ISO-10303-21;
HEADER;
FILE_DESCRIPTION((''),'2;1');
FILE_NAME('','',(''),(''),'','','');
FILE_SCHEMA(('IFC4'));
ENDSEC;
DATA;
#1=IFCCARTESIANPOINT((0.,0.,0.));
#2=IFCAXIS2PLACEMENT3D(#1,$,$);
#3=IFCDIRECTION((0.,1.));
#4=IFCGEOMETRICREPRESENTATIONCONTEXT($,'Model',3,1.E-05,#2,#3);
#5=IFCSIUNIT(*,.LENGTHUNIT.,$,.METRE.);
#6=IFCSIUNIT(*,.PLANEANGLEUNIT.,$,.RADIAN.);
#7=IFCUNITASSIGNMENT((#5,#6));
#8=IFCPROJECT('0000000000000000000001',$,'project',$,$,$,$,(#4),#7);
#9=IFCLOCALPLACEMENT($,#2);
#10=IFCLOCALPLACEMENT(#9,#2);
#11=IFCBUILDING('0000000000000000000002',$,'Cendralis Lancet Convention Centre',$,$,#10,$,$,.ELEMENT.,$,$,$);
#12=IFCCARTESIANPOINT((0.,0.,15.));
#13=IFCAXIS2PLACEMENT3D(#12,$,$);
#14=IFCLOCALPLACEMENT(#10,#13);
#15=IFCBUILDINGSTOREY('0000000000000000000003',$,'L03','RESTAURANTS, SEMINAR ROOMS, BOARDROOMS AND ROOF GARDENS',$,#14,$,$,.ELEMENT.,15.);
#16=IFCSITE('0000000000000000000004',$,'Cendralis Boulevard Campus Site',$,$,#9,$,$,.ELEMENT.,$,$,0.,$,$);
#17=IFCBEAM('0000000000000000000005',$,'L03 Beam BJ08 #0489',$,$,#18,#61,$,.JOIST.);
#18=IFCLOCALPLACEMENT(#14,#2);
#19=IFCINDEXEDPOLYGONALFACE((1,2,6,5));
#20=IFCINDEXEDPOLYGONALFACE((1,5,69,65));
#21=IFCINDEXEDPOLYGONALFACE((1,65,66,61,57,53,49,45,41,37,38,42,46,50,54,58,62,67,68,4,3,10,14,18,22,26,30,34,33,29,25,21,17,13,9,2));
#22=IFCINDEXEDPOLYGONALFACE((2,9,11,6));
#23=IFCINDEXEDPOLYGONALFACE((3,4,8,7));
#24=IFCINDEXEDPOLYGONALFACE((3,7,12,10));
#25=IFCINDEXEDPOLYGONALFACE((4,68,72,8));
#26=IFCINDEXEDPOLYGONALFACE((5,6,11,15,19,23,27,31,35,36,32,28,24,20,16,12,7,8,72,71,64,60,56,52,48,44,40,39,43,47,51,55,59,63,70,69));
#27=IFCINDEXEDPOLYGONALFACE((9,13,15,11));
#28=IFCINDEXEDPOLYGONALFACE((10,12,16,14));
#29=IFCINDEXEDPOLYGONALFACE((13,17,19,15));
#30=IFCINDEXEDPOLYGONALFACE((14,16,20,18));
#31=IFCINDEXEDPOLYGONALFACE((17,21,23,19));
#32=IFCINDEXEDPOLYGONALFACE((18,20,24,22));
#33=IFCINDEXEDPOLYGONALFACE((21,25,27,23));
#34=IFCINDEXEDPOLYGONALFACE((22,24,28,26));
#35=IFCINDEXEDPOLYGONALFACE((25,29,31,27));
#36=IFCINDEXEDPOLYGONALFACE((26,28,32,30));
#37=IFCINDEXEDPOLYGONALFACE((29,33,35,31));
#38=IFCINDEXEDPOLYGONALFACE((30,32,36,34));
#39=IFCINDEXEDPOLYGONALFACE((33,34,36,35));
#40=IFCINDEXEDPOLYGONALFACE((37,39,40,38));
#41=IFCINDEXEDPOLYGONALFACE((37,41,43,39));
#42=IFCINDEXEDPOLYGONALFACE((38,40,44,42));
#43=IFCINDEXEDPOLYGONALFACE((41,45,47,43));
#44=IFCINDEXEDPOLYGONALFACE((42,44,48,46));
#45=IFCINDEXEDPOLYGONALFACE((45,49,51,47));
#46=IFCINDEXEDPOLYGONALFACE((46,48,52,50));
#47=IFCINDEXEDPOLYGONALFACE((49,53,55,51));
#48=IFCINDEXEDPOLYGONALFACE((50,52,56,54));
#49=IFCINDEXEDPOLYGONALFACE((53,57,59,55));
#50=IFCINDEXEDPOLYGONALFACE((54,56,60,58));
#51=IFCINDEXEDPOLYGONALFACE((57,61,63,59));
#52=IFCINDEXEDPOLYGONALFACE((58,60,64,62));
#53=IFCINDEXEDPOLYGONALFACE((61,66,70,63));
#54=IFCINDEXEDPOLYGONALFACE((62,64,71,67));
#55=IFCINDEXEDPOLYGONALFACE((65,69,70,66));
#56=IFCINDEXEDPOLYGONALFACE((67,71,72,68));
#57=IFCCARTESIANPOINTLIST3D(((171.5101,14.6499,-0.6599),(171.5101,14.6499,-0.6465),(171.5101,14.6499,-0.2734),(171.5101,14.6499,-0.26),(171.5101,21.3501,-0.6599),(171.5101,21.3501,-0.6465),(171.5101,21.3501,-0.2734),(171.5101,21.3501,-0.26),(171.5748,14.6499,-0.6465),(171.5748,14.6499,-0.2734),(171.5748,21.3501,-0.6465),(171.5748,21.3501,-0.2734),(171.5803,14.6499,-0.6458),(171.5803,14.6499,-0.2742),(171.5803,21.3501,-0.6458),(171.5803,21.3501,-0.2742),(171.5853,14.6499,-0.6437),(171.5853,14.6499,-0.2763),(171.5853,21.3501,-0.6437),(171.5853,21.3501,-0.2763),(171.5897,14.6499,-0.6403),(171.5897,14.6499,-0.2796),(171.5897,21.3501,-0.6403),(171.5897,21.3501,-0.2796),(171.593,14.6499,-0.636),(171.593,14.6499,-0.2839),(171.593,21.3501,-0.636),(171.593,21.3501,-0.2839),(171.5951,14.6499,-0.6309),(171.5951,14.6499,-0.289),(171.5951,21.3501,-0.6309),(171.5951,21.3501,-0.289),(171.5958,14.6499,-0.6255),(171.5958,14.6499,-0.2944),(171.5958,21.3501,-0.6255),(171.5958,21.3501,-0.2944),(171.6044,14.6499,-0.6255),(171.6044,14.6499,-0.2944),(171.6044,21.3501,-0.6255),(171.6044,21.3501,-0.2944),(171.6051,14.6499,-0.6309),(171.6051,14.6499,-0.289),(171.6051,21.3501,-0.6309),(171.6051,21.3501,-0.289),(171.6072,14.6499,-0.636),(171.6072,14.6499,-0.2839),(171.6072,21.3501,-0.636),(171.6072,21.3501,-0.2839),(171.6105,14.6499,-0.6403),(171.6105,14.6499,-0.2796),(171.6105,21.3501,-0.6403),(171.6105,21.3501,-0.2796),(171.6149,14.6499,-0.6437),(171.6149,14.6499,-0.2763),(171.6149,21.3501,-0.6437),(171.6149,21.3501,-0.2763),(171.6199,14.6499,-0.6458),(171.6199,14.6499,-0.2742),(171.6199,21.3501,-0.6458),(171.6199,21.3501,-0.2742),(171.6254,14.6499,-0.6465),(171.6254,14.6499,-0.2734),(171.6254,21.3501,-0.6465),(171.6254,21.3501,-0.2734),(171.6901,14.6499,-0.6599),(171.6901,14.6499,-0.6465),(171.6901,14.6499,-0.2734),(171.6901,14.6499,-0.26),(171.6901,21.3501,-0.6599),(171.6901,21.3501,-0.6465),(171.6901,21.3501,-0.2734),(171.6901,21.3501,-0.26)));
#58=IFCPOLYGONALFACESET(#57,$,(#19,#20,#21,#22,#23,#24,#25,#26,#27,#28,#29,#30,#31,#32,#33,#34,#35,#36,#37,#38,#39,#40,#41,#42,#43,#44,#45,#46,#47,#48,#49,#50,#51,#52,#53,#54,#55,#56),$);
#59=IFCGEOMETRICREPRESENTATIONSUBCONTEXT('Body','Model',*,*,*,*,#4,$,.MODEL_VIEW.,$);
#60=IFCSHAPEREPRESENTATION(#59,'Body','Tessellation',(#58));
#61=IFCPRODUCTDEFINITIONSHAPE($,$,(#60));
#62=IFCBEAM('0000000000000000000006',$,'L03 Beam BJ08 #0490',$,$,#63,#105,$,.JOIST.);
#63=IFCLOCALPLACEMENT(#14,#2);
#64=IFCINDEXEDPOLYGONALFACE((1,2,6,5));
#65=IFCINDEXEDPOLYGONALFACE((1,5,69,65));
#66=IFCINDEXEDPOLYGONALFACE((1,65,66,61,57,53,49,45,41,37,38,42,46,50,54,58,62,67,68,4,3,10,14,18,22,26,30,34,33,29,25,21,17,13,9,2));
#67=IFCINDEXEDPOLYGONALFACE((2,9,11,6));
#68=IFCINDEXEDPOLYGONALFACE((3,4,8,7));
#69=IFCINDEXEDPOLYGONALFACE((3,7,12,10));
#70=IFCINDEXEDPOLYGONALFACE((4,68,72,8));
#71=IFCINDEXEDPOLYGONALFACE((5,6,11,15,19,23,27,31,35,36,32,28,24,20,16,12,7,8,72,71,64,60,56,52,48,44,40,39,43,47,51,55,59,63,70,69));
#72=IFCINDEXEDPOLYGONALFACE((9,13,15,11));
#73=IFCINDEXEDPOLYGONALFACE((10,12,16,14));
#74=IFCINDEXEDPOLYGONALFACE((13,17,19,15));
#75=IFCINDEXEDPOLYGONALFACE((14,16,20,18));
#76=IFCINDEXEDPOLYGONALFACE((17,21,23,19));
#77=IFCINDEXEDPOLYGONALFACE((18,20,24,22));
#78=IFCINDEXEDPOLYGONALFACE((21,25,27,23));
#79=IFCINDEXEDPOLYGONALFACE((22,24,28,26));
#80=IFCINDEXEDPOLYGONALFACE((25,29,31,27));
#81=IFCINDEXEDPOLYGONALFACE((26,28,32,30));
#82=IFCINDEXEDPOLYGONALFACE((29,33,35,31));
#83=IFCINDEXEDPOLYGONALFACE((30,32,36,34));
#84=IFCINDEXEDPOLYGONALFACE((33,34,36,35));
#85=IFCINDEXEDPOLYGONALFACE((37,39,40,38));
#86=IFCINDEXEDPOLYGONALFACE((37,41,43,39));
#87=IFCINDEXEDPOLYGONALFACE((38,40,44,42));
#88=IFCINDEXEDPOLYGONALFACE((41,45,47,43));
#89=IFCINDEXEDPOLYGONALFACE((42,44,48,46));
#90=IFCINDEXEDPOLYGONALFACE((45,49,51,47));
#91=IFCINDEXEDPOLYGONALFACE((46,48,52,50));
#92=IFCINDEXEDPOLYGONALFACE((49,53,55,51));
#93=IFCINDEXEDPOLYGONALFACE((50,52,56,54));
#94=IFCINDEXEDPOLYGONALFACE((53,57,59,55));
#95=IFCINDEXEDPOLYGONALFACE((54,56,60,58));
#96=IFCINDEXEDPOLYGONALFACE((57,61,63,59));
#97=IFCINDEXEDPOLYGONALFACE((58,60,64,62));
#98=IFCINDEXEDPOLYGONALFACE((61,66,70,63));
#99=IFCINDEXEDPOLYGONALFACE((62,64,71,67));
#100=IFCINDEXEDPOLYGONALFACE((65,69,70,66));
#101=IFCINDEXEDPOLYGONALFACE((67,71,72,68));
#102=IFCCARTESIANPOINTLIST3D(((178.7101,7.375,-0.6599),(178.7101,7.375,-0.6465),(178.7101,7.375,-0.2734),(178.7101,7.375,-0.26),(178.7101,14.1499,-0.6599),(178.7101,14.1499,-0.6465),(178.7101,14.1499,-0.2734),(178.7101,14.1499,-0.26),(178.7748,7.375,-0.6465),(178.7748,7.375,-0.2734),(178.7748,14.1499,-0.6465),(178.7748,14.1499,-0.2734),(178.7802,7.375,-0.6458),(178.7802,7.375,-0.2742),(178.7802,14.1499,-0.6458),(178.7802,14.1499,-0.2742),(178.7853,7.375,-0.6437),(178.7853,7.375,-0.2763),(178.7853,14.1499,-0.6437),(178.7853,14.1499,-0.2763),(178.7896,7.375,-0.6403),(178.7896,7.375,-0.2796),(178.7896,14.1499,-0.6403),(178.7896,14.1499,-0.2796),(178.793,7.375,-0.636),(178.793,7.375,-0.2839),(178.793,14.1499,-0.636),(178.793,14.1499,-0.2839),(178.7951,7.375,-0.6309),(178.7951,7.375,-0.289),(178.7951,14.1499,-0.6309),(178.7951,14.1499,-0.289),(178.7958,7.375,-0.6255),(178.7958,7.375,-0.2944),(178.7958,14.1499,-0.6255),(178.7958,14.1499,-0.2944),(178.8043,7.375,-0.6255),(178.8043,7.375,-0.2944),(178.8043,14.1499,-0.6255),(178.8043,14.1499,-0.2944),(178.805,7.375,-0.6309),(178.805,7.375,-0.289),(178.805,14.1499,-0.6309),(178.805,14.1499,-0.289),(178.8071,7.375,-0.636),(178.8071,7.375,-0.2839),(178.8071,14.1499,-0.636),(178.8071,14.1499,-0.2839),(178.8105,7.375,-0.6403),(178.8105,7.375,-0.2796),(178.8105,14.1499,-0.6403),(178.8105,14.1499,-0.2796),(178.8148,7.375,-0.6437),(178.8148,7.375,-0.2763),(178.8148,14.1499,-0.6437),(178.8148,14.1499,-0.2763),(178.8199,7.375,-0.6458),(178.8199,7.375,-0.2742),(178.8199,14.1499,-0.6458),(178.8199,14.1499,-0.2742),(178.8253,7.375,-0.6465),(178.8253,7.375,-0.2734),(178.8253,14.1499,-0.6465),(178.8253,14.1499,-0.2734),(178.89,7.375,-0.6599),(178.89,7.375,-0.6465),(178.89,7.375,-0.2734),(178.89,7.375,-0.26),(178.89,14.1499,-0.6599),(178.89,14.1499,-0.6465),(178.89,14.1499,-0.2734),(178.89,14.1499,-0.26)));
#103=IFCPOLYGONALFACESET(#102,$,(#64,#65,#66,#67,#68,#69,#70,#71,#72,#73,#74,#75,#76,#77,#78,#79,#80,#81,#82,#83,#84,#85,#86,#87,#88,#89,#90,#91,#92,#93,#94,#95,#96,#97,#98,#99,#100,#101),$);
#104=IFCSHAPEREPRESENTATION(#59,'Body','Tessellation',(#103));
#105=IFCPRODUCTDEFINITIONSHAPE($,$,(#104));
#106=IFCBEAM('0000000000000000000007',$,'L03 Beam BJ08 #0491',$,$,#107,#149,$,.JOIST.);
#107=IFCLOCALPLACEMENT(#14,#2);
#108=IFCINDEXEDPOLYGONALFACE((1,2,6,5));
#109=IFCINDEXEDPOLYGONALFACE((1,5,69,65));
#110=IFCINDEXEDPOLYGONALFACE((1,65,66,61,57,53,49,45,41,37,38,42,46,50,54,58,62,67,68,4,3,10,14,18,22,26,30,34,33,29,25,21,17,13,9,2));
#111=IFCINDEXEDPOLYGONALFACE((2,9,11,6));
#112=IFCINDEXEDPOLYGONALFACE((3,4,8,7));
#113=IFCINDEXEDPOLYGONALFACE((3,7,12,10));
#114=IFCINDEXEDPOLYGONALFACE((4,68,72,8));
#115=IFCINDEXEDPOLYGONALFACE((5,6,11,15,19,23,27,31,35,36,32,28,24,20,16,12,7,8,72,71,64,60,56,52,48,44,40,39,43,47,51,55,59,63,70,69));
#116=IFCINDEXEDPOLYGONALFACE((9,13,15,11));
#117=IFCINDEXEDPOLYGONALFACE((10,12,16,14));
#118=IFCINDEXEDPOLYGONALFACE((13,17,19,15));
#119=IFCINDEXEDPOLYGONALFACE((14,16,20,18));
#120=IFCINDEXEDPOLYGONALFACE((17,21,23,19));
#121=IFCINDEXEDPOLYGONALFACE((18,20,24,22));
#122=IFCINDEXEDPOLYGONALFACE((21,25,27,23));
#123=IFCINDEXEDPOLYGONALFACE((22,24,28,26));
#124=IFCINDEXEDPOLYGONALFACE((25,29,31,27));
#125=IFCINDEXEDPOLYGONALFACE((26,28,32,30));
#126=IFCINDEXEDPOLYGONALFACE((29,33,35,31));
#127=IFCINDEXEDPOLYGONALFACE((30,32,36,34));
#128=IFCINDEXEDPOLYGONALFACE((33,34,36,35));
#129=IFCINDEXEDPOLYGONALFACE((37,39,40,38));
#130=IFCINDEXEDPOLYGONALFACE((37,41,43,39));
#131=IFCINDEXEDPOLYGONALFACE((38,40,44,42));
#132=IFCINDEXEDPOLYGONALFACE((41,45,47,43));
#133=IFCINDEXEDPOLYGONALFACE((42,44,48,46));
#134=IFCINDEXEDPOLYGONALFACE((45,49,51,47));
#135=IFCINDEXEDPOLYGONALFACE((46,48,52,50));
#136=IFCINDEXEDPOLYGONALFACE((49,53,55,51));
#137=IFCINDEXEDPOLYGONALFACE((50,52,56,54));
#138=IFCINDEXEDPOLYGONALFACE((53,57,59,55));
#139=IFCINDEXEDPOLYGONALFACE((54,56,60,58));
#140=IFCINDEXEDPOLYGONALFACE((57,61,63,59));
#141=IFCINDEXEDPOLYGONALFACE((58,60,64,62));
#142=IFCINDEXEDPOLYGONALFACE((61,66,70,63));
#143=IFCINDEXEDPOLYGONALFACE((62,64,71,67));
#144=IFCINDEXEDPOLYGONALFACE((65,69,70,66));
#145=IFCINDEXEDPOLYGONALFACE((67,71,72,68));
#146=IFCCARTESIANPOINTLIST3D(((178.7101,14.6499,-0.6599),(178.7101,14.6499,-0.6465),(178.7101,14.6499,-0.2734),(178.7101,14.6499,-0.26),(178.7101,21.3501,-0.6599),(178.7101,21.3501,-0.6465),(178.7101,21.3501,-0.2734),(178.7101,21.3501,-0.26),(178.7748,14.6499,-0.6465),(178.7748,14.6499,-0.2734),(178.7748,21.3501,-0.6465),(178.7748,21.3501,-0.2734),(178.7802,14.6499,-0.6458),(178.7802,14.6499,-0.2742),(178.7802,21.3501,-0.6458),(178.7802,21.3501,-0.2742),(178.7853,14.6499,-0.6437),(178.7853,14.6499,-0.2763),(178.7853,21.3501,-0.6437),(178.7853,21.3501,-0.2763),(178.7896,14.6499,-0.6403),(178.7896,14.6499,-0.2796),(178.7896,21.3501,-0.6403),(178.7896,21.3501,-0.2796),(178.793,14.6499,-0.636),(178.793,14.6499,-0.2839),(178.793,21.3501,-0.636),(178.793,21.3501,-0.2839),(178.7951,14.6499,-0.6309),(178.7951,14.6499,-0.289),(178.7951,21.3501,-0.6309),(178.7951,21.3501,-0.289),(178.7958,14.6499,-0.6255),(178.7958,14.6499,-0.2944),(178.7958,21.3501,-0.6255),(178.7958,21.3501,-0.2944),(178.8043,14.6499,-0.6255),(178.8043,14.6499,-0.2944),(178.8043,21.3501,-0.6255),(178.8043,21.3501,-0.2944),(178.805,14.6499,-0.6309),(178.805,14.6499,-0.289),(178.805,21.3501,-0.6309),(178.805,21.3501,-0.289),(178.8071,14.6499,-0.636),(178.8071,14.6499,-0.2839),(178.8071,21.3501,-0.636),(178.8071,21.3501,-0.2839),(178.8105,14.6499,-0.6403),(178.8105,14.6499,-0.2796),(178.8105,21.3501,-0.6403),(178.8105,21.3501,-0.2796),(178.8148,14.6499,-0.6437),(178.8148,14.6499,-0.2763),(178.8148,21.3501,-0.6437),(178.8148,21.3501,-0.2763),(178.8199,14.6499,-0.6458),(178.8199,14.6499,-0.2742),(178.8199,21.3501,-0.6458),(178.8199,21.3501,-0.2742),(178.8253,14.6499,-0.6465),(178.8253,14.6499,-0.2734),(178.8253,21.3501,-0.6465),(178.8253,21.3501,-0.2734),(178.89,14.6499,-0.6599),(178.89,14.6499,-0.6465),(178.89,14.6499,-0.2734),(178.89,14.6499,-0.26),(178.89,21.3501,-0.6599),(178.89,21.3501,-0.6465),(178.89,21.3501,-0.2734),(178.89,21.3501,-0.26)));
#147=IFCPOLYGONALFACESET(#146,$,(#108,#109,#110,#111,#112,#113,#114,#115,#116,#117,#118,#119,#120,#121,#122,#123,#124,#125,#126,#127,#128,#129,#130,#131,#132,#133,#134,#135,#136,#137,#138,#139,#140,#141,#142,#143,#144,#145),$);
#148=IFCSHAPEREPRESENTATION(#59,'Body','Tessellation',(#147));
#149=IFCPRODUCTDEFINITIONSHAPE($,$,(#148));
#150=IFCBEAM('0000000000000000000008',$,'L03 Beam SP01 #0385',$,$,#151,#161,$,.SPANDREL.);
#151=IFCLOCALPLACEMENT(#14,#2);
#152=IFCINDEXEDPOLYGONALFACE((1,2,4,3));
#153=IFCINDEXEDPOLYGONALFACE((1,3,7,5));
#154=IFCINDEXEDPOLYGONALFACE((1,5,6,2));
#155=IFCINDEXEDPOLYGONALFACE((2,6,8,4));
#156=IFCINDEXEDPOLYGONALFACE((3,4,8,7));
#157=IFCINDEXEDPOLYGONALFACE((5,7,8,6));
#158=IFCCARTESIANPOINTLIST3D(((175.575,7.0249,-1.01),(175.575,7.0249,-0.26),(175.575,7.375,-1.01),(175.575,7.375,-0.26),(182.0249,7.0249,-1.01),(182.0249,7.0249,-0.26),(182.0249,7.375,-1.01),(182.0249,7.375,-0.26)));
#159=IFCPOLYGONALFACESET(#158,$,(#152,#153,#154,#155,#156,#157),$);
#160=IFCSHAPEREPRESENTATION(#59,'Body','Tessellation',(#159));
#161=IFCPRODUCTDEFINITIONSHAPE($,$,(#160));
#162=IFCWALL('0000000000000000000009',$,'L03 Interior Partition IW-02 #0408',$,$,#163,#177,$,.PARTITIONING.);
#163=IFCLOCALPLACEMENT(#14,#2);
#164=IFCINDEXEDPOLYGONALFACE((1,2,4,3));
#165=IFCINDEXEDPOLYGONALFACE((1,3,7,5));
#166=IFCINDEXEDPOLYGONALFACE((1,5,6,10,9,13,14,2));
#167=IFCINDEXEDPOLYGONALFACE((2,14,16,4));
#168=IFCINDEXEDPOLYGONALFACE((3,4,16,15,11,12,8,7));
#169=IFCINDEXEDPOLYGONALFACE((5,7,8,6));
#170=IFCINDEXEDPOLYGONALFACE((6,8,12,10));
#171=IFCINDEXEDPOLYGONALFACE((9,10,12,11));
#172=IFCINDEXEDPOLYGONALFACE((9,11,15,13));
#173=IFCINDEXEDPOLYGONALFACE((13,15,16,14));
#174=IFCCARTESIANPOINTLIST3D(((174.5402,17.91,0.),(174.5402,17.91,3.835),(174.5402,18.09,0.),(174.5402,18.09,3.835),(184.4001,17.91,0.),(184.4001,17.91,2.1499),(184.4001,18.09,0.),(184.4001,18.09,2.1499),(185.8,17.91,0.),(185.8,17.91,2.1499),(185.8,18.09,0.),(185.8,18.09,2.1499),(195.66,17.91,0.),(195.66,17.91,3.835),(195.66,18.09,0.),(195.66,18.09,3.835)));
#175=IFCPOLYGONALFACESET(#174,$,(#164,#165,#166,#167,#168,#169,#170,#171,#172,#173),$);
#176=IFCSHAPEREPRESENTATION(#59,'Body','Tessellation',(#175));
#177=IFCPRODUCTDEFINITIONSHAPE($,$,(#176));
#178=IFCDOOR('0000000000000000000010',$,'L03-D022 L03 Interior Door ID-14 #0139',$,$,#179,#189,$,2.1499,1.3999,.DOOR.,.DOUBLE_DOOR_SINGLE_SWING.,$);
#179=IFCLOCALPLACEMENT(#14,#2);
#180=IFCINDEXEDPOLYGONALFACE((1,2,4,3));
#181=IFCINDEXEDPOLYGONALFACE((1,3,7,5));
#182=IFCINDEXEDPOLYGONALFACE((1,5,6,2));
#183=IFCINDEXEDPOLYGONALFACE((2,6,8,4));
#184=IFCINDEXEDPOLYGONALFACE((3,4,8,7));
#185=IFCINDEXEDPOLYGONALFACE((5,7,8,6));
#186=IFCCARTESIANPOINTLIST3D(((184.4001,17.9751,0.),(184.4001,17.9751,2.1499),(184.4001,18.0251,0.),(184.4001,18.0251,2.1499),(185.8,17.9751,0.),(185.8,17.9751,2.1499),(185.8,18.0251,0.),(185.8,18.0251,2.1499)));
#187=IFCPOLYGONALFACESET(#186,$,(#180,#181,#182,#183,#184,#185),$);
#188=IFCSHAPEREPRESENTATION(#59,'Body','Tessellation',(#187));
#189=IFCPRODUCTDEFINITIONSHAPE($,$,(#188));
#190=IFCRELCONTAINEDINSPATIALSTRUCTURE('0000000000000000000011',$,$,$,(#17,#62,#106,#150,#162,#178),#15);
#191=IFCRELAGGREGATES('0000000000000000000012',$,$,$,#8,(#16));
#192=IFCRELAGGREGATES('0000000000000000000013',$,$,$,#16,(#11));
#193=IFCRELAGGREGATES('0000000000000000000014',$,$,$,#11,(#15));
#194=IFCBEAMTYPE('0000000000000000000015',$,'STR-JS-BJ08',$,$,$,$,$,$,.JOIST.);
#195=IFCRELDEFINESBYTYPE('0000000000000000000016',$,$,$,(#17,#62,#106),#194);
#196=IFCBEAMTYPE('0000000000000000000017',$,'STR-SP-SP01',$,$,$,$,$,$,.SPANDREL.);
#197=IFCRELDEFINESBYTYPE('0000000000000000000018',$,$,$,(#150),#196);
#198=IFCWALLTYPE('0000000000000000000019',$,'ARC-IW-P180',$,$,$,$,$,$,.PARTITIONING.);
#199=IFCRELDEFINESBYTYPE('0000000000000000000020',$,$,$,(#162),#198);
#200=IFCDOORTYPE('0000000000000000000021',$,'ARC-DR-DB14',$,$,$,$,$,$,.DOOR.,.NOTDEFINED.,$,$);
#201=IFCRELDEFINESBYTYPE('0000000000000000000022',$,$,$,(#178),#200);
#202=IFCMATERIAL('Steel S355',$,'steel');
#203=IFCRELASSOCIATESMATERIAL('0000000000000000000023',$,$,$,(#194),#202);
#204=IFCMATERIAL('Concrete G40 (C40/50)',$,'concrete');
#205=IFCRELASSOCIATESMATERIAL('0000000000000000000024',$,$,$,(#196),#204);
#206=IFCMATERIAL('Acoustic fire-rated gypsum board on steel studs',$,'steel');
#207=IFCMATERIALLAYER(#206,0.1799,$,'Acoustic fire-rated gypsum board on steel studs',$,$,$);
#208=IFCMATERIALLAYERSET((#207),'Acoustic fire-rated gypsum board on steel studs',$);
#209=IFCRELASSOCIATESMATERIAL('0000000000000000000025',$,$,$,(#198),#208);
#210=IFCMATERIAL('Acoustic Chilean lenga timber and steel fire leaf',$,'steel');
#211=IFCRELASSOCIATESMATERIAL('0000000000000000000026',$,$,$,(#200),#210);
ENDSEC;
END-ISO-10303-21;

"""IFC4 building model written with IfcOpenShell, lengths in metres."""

from ifc_helpers import new_model, si_unit, direction, frame, frame_2d, origin, origin_2d, place, context, subcontext, project, spatial, rectangle, i_section, extrude, material, layer, layer_set, material_profile, profile_set, type_object, element, fill, save


model = new_model("IFC4")

# Units and contexts
model_context = context("Model", 3, precision=1e-05, world=origin(), true_north=direction((0.0, 1.0)))
body_context = subcontext(model_context, "Body", "Model", "MODEL_VIEW")
ifc_project = project(units=[si_unit("LENGTHUNIT", "METRE"), si_unit("PLANEANGLEUNIT", "RADIAN")], contexts=[model_context])

# Site, building, storey
site_placement = place(None, origin())
site = spatial("IfcSite", under=ifc_project, at=site_placement, Name="Cendralis Boulevard Campus Site", CompositionType="ELEMENT", RefElevation=0.0)
building_placement = place(site_placement, origin())
building = spatial("IfcBuilding", under=site, at=building_placement, Name="Cendralis Lancet Convention Centre", CompositionType="ELEMENT")
storey_placement = place(building_placement, frame((0.0, 0.0, 15.0)))
storey = spatial("IfcBuildingStorey", under=building, at=storey_placement, Name="L03", Description="RESTAURANTS, SEMINAR ROOMS, BOARDROOMS AND ROOF GARDENS", CompositionType="ELEMENT", Elevation=15.0)

# Shared definitions
ifc_material_1 = material(Name="Concrete G40 (C40/50)", Category="concrete")

# Beams
ifc_material_2 = material(Name="Steel S355", Category="steel")
ifc_material_profile_1 = material_profile(ifc_material_2, i_section(OverallWidth=0.1799, OverallDepth=0.3999, WebThickness=0.0085, FlangeThickness=0.0134, FilletRadius=0.021, at=origin_2d()), Name="IPE 400")
ifc_profile_set_1 = profile_set([ifc_material_profile_1], Name="Steel S355")
beam_type_1 = type_object("IfcBeamType", Name="STR-JS-BJ08", PredefinedType="JOIST", material=ifc_profile_set_1)
beam_1_placement = place(storey_placement, frame((171.6001, 14.6499, -0.46), z_axis=(0.0, 1.0, 0.0), x_axis=(-1.0, 0.0, 0.0)))
element("IfcBeam", 1, at=beam_1_placement, inside=storey, type_object=beam_type_1, Name="L03 Beam BJ08 #0489", PredefinedType="JOIST", context=body_context, shape_type="SweptSolid", body=[
    extrude(i_section(OverallWidth=0.1799, OverallDepth=0.3999, WebThickness=0.0085, FlangeThickness=0.0134, FilletRadius=0.021, at=origin_2d()), origin(), (0.0, 0.0, 1.0), 6.7002),
])
beam_2_placement = place(storey_placement, frame((178.8, 7.375, -0.46), z_axis=(0.0, 1.0, 0.0), x_axis=(-1.0, 0.0, 0.0)))
element("IfcBeam", 2, at=beam_2_placement, inside=storey, type_object=beam_type_1, Name="L03 Beam BJ08 #0490", PredefinedType="JOIST", context=body_context, shape_type="SweptSolid", body=[
    extrude(i_section(OverallWidth=0.1799, OverallDepth=0.3999, WebThickness=0.0085, FlangeThickness=0.0134, FilletRadius=0.021, at=origin_2d()), origin(), (0.0, 0.0, 1.0), 6.7749),
])
beam_3_placement = place(storey_placement, frame((178.8, 14.6499, -0.46), z_axis=(0.0, 1.0, 0.0), x_axis=(-1.0, 0.0, 0.0)))
element("IfcBeam", 3, at=beam_3_placement, inside=storey, type_object=beam_type_1, Name="L03 Beam BJ08 #0491", PredefinedType="JOIST", context=body_context, shape_type="SweptSolid", body=[
    extrude(i_section(OverallWidth=0.1799, OverallDepth=0.3999, WebThickness=0.0085, FlangeThickness=0.0134, FilletRadius=0.021, at=origin_2d()), origin(), (0.0, 0.0, 1.0), 6.7002),
])
ifc_material_profile_2 = material_profile(ifc_material_1, rectangle(XDim=0.3501, YDim=0.75, at=origin_2d()), Name="RCB 350x750")
ifc_profile_set_2 = profile_set([ifc_material_profile_2], Name="Concrete G40 (C40/50)")
beam_type_2 = type_object("IfcBeamType", Name="STR-SP-SP01", PredefinedType="SPANDREL", material=ifc_profile_set_2)
beam_4_placement = place(storey_placement, frame((175.575, 7.2, -0.635), z_axis=(1.0, 0.0, 0.0), x_axis=(0.0, 1.0, 0.0)))
element("IfcBeam", 4, at=beam_4_placement, inside=storey, type_object=beam_type_2, Name="L03 Beam SP01 #0385", PredefinedType="SPANDREL", context=body_context, shape_type="SweptSolid", body=[
    extrude(rectangle(XDim=0.3501, YDim=0.75, at=origin_2d()), origin(), (0.0, 0.0, 1.0), 6.45),
])

# Shared definitions
ifc_material_3 = material(Name="Acoustic fire-rated gypsum board on steel studs", Category="steel")
ifc_layer = layer(ifc_material_3, 0.1799, Name="Acoustic fire-rated gypsum board on steel studs")
ifc_layer_set = layer_set([ifc_layer], Name="Acoustic fire-rated gypsum board on steel studs")
wall_type = type_object("IfcWallType", Name="ARC-IW-P180", PredefinedType="PARTITIONING", material=ifc_layer_set)

# Wall, opening, door
wall_1_placement = place(storey_placement, frame((174.54, 18.0, 0.0), z_axis=(0.0, 0.0, 1.0), x_axis=(1.0, 0.0, 0.0)))
wall_1 = element("IfcWall", 5, at=wall_1_placement, inside=storey, type_object=wall_type, Name="L03 Interior Partition IW-02 #0408", PredefinedType="PARTITIONING", context=body_context, shape_type="SweptSolid", body=[
    extrude(rectangle(XDim=21.1199, YDim=0.1799, at=frame_2d((10.5601, 0.0))), origin(), (0.0, 0.0, 1.0), 3.835),
])
opening_placement = place(wall_1_placement, frame((9.8601, 0.0, 0.0)))
opening = element("IfcOpeningElement", 6, at=opening_placement, cuts=wall_1, PredefinedType="OPENING", context=body_context, shape_type="SweptSolid", body=[
    extrude(rectangle(XDim=1.3999, YDim=2.1499, at=frame_2d((0.7, 1.075))), frame((0.0, 0.0999, 0.0), z_axis=(0.0, -1.0, 0.0), x_axis=(1.0, 0.0, 0.0)), (0.0, 0.0, 1.0), 0.2),
])
ifc_material_4 = material(Name="Acoustic Chilean lenga timber and steel fire leaf", Category="steel")
door_type = type_object("IfcDoorType", Name="ARC-DR-DB14", OperationType="NOTDEFINED", PredefinedType="DOOR", material=ifc_material_4)
door_placement = place(opening_placement, frame((1.3999, 0.0, 0.0), z_axis=(0.0, 0.0, 1.0), x_axis=(-1.0, 0.0, 0.0)))
door = element("IfcDoor", 7, at=door_placement, inside=storey, type_object=door_type, Name="L03-D022 L03 Interior Door ID-14 #0139", OperationType="DOUBLE_DOOR_SINGLE_SWING", OverallHeight=2.1499, OverallWidth=1.3999, PredefinedType="DOOR", context=body_context, shape_type="SweptSolid", body=[
    extrude(rectangle(XDim=1.3999, YDim=2.1499, at=frame_2d((0.7, 1.075))), frame((0.0, 0.0249, 0.0), z_axis=(0.0, -1.0, 0.0), x_axis=(1.0, 0.0, 0.0)), (0.0, 0.0, 1.0), 0.05),
])
fill(opening, door)

save(model, "model.ifc")
